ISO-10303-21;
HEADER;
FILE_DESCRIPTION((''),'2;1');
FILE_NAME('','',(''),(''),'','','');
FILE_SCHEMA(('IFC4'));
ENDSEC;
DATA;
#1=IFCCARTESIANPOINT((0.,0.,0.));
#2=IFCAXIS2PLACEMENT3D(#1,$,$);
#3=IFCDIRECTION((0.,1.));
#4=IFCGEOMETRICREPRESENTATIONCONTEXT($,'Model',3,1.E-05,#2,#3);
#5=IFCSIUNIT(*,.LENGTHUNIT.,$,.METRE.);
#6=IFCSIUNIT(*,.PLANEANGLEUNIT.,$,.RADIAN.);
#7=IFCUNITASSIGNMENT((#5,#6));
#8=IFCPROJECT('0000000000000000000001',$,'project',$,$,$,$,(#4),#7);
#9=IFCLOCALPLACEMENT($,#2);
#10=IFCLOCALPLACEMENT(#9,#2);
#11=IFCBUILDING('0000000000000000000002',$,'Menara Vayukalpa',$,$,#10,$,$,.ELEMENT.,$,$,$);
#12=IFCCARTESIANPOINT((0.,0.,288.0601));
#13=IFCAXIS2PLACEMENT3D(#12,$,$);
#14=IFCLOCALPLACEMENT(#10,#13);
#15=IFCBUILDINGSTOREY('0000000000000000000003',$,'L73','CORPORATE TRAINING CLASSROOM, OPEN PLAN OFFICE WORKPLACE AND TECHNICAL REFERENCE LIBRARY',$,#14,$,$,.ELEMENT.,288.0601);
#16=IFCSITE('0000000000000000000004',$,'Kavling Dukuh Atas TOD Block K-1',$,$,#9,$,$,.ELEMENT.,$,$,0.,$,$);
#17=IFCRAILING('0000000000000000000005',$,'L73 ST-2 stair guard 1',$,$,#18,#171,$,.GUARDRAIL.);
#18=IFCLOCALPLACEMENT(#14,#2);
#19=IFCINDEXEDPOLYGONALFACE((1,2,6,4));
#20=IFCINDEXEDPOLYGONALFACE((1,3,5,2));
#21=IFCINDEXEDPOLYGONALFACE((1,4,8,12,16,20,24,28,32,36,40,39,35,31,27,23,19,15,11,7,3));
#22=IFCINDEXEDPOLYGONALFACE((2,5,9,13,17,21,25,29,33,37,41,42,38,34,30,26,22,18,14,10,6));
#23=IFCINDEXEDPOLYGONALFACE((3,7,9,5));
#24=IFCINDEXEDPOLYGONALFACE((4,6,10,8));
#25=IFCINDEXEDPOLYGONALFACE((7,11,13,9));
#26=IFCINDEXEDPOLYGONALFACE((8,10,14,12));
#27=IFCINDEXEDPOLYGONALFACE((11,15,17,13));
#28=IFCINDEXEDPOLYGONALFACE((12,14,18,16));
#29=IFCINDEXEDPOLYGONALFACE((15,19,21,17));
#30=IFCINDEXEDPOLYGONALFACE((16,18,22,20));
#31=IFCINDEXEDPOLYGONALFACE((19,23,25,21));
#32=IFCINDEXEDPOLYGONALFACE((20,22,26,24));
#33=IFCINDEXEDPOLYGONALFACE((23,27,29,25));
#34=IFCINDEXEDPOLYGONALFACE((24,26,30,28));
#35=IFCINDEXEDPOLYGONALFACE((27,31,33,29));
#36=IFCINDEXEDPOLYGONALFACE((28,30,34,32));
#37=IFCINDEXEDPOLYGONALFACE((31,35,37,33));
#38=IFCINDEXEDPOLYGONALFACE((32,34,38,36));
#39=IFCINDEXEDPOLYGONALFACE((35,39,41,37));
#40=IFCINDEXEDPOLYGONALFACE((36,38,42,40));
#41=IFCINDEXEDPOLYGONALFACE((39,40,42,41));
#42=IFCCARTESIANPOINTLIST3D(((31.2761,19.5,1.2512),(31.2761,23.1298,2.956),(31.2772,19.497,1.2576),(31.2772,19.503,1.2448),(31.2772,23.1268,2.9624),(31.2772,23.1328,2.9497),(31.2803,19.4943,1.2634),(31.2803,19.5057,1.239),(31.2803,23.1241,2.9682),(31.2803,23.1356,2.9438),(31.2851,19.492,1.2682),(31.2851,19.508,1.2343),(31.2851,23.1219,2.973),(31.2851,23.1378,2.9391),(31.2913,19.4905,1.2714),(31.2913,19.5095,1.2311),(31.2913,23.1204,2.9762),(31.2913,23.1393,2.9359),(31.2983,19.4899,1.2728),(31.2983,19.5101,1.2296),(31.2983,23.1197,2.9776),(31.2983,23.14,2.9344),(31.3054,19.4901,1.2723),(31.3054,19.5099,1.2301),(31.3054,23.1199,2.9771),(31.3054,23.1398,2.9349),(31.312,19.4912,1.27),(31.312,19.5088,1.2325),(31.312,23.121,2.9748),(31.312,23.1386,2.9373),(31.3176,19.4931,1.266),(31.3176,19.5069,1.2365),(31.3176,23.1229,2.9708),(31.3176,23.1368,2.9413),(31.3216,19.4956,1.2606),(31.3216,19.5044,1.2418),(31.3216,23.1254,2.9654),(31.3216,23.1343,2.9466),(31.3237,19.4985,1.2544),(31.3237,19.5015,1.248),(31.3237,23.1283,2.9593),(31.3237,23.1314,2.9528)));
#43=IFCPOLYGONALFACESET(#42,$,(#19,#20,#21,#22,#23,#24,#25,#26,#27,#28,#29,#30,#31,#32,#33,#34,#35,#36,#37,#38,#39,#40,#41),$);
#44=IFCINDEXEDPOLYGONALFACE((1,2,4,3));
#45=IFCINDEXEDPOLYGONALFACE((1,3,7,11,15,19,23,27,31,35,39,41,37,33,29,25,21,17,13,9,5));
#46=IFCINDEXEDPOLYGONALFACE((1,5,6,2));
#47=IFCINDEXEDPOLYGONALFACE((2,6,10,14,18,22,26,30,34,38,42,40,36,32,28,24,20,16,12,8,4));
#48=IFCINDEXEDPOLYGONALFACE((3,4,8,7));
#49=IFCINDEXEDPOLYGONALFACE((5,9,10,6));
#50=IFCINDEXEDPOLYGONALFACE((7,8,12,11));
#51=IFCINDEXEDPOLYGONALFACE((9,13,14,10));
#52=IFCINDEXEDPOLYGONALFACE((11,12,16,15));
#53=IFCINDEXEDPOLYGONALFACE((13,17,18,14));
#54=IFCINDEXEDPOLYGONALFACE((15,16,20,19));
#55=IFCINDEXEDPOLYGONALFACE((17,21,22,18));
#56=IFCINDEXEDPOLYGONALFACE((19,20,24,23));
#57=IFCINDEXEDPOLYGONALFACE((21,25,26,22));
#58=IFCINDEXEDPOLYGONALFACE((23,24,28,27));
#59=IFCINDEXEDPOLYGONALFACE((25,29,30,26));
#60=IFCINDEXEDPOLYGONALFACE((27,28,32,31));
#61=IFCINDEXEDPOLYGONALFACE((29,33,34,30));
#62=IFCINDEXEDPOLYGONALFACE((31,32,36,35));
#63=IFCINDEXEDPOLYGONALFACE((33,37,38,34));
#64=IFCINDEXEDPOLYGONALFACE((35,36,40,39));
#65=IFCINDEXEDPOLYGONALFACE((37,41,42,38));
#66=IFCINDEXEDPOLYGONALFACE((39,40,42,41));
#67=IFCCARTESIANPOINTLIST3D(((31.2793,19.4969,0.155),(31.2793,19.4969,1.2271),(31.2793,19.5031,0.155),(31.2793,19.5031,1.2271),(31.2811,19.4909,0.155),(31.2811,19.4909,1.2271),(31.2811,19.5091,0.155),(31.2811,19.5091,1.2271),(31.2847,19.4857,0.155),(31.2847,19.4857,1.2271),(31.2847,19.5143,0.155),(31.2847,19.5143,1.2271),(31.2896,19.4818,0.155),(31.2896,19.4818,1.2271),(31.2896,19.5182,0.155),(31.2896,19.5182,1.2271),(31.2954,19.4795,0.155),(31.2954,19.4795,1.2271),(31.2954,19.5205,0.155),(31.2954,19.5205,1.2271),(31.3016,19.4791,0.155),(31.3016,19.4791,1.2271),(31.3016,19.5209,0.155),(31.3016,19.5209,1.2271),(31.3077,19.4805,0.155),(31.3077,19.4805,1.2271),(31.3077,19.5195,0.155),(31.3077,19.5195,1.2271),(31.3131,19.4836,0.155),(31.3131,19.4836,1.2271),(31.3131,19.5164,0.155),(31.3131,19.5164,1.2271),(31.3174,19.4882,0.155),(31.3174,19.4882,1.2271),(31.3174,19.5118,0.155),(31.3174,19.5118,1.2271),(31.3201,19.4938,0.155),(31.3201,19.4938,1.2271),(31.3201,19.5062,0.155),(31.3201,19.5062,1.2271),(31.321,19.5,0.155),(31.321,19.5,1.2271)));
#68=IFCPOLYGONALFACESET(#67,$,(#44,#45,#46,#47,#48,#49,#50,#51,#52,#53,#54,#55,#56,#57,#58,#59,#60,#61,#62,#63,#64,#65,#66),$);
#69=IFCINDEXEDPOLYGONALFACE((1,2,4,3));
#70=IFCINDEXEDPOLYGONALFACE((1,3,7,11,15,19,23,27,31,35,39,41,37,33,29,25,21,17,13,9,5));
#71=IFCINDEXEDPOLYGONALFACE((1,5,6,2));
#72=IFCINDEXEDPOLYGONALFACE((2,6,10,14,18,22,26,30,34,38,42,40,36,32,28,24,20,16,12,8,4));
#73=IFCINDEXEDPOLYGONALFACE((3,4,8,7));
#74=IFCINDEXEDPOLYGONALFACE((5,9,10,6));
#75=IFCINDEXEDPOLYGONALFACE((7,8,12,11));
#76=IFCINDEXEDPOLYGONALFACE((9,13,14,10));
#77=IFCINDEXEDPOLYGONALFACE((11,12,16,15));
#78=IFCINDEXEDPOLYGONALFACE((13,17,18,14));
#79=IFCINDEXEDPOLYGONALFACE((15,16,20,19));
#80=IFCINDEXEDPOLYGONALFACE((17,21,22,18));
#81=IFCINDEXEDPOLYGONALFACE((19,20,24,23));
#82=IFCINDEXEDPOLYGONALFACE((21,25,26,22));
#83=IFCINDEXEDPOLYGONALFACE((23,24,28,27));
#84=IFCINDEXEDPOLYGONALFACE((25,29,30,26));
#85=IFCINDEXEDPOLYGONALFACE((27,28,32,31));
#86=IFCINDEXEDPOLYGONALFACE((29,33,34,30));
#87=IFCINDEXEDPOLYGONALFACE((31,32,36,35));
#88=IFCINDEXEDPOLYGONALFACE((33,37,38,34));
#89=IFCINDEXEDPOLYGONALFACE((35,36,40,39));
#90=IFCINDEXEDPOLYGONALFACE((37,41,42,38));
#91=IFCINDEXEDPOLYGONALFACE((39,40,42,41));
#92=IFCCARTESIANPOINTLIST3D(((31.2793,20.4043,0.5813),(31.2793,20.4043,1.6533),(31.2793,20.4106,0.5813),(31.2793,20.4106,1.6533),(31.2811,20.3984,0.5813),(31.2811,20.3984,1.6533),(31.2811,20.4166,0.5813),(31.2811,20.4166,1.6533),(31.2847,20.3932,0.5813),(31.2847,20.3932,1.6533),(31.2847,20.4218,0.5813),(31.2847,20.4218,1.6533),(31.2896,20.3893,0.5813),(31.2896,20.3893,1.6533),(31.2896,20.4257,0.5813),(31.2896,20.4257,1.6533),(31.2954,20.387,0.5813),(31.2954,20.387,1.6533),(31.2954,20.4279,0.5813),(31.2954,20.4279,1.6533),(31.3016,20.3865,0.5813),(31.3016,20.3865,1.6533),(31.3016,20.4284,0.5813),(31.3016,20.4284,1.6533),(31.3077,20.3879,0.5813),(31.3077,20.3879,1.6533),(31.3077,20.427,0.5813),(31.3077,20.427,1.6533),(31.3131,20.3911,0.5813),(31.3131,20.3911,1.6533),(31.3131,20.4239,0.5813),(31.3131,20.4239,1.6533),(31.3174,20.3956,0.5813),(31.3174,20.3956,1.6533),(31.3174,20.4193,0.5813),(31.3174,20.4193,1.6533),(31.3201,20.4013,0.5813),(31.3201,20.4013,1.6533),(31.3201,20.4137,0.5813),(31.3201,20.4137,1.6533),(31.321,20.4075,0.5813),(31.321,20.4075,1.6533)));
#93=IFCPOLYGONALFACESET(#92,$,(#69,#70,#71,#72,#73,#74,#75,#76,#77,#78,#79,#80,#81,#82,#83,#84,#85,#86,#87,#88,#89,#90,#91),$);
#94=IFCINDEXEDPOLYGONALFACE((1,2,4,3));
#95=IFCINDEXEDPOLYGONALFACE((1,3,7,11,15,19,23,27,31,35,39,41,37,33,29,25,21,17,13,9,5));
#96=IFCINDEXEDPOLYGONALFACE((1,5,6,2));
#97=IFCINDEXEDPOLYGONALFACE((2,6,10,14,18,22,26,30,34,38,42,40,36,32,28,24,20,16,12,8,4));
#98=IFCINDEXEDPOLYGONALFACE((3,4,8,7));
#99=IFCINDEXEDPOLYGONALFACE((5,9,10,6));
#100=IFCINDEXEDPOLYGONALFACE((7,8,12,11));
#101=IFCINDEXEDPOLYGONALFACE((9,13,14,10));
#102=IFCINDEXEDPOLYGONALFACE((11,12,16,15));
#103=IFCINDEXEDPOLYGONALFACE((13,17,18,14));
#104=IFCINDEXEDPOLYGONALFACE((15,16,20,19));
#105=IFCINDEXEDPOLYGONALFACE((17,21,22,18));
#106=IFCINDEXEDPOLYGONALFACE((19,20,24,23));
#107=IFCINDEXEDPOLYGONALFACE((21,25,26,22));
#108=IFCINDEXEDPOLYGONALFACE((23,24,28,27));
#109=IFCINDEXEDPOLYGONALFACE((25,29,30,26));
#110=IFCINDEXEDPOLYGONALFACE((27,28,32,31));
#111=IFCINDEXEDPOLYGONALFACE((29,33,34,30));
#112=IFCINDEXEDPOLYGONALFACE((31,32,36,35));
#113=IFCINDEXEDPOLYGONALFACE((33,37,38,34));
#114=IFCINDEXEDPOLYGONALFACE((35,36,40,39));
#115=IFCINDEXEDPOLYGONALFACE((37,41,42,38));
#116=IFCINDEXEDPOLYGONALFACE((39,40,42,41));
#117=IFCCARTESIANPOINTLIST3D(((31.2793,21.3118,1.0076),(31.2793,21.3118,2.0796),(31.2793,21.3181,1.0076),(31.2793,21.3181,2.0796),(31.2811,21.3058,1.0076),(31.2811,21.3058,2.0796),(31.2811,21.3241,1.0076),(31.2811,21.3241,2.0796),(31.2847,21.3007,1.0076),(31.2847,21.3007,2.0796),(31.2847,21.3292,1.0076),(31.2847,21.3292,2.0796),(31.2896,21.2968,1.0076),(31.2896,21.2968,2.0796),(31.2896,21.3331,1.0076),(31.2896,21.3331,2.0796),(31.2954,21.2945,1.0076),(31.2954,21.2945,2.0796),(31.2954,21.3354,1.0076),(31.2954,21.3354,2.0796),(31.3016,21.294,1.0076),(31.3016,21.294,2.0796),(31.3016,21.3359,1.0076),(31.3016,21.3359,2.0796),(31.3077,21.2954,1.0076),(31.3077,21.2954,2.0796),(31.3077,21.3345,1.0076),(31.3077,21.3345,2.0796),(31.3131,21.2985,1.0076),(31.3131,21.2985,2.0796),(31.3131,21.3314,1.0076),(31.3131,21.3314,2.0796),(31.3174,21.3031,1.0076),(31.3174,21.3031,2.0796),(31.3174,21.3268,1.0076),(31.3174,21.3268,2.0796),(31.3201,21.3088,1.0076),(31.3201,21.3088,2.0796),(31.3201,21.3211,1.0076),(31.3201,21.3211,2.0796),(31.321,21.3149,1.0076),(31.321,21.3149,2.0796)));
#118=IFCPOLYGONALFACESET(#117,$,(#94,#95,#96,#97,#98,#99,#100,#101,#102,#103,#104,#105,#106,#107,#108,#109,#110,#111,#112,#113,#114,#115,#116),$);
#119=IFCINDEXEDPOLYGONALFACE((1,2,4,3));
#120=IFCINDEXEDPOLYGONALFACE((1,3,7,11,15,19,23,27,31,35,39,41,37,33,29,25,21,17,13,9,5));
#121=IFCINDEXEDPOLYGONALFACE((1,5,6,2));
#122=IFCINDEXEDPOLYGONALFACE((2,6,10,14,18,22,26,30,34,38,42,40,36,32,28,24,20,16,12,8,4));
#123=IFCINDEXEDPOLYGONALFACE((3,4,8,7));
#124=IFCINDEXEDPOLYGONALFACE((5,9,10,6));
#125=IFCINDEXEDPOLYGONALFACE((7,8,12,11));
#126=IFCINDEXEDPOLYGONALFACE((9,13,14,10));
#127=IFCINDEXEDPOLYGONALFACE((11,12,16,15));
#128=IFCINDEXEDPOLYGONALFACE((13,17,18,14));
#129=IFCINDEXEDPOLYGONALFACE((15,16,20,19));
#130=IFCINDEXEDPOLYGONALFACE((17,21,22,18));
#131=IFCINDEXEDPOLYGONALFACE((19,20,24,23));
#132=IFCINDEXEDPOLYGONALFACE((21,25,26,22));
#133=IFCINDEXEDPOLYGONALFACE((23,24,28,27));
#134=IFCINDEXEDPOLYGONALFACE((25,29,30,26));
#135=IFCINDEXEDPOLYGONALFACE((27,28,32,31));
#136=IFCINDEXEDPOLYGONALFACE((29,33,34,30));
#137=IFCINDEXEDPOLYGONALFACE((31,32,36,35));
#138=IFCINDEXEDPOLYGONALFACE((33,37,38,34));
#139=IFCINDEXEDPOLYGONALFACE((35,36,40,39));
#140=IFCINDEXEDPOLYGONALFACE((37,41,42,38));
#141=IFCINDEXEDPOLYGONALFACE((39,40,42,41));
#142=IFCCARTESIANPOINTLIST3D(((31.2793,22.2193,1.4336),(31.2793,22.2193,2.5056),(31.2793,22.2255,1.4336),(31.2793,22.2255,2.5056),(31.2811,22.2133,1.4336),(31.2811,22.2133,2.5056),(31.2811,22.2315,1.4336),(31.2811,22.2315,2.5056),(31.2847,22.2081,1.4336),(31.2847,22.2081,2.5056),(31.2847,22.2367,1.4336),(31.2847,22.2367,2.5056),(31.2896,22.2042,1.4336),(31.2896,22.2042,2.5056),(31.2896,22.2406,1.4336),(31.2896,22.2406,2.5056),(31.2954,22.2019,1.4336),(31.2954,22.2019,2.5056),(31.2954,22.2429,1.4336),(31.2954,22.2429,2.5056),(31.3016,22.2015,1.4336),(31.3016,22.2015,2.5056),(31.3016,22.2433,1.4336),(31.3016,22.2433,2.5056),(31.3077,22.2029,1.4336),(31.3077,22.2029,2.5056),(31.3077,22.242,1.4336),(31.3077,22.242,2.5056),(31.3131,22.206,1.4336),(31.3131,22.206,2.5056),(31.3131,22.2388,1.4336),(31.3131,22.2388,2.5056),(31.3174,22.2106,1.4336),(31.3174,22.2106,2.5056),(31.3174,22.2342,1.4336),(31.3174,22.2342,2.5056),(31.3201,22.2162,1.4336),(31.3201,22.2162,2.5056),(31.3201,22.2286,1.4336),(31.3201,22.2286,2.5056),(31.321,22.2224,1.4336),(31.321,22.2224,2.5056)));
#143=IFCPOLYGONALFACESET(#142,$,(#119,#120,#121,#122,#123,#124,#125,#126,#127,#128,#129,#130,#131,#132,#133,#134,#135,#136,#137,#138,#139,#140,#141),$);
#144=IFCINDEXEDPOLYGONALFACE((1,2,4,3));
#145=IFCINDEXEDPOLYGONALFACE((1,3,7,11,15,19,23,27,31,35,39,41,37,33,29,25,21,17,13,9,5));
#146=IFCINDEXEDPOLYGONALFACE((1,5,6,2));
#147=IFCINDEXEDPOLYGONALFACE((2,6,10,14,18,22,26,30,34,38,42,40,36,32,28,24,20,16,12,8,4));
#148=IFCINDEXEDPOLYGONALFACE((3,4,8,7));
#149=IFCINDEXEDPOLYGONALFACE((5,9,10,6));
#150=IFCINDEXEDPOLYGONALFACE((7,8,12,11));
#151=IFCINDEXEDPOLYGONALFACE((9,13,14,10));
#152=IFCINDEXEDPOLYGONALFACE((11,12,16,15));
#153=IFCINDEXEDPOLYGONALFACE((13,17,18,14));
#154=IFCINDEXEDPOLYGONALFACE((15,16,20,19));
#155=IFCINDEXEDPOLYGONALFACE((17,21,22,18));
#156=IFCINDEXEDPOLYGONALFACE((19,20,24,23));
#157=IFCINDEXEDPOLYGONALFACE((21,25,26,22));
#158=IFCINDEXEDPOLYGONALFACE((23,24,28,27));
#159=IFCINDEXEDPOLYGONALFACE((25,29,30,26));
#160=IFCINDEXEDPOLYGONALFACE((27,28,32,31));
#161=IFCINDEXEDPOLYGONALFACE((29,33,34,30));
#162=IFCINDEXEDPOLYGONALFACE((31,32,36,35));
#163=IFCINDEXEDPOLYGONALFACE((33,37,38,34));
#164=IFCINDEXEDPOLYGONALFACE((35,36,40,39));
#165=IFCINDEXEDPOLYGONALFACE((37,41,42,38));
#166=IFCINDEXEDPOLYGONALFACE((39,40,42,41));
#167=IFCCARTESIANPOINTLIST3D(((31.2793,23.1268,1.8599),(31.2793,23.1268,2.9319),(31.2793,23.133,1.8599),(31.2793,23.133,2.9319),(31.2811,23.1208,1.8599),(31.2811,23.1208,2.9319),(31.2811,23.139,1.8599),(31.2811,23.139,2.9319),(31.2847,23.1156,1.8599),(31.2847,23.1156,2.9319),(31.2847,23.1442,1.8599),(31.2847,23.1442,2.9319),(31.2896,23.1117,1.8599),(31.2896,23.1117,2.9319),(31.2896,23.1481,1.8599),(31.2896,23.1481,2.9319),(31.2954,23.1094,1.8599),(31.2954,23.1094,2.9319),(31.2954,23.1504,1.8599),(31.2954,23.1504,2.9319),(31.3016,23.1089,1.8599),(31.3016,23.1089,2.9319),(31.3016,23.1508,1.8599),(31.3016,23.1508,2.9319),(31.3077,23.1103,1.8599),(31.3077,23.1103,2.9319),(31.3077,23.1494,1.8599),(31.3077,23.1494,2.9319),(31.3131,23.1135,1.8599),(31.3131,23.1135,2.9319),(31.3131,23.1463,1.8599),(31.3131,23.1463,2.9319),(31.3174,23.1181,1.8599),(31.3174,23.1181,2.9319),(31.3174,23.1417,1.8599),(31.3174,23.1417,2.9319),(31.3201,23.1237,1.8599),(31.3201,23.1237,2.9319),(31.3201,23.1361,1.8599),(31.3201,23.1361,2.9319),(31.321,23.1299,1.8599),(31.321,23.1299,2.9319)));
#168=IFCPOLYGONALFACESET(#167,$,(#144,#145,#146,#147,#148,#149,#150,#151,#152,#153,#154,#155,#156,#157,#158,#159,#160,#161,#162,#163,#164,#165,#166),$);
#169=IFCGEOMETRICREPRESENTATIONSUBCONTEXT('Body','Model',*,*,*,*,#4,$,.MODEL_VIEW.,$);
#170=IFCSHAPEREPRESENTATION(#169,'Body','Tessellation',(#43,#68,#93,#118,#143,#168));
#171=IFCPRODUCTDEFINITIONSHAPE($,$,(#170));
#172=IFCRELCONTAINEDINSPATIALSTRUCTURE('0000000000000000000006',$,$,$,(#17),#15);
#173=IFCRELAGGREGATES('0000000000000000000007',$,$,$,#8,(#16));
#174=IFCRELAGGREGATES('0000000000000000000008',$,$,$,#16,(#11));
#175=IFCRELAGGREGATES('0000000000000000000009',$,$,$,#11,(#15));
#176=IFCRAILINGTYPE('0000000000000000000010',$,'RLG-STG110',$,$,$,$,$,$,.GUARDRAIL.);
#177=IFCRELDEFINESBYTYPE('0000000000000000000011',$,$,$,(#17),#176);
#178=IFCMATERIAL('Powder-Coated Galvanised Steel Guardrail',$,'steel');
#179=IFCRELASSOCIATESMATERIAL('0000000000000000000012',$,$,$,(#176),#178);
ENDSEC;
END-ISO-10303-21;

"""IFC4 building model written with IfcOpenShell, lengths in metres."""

from ifc_helpers import new_model, si_unit, direction, frame, origin, origin_2d, place, context, subcontext, project, spatial, circle, extrude, material, type_object, element, save


model = new_model("IFC4")

# Units and contexts
model_context = context("Model", 3, precision=1e-05, world=origin(), true_north=direction((0.0, 1.0)))
body_context = subcontext(model_context, "Body", "Model", "MODEL_VIEW")
ifc_project = project(units=[si_unit("LENGTHUNIT", "METRE"), si_unit("PLANEANGLEUNIT", "RADIAN")], contexts=[model_context])

# Site, building, storey
site_placement = place(None, origin())
site = spatial("IfcSite", under=ifc_project, at=site_placement, Name="Kavling Dukuh Atas TOD Block K-1", CompositionType="ELEMENT", RefElevation=0.0)
building_placement = place(site_placement, origin())
building = spatial("IfcBuilding", under=site, at=building_placement, Name="Menara Vayukalpa", CompositionType="ELEMENT")
storey_placement = place(building_placement, frame((0.0, 0.0, 288.0601)))
storey = spatial("IfcBuildingStorey", under=building, at=storey_placement, Name="L73", Description="CORPORATE TRAINING CLASSROOM, OPEN PLAN OFFICE WORKPLACE AND TECHNICAL REFERENCE LIBRARY", CompositionType="ELEMENT", Elevation=288.0601)

# Railing
ifc_material_1 = material(Name="Powder-Coated Galvanised Steel Guardrail", Category="steel")
railing_type_1 = type_object("IfcRailingType", Name="RLG-STG110", PredefinedType="GUARDRAIL", material=ifc_material_1)
railing_1_placement = place(storey_placement, frame((31.3, 19.5, 0.155)))
element("IfcRailing", 1, at=railing_1_placement, inside=storey, type_object=railing_type_1, Name="L73 ST-2 stair guard 1", PredefinedType="GUARDRAIL", context=body_context, shape_type="SweptSolid", body=[
    extrude(circle(Radius=0.0239, at=origin_2d()), frame((0.0, 0.0, 1.0962), z_axis=(0.0, 0.90514, 0.425114), x_axis=(-1.0, 0.0, 0.0)), (0.0, 0.0, 1.0), 4.0103),
    extrude(circle(Radius=0.021, at=origin_2d()), origin(), (0.0, 0.0, 1.0), 1.072),
    extrude(circle(Radius=0.021, at=origin_2d()), frame((0.0, 0.9075, 0.4263)), (0.0, 0.0, 1.0), 1.072),
    extrude(circle(Radius=0.021, at=origin_2d()), frame((0.0, 1.8149, 0.8525)), (0.0, 0.0, 1.0), 1.072),
    extrude(circle(Radius=0.021, at=origin_2d()), frame((0.0, 2.7224, 1.2786)), (0.0, 0.0, 1.0), 1.072),
    extrude(circle(Radius=0.021, at=origin_2d()), frame((0.0, 3.6299, 1.7048)), (0.0, 0.0, 1.0), 1.072),
])

save(model, "model.ifc")
